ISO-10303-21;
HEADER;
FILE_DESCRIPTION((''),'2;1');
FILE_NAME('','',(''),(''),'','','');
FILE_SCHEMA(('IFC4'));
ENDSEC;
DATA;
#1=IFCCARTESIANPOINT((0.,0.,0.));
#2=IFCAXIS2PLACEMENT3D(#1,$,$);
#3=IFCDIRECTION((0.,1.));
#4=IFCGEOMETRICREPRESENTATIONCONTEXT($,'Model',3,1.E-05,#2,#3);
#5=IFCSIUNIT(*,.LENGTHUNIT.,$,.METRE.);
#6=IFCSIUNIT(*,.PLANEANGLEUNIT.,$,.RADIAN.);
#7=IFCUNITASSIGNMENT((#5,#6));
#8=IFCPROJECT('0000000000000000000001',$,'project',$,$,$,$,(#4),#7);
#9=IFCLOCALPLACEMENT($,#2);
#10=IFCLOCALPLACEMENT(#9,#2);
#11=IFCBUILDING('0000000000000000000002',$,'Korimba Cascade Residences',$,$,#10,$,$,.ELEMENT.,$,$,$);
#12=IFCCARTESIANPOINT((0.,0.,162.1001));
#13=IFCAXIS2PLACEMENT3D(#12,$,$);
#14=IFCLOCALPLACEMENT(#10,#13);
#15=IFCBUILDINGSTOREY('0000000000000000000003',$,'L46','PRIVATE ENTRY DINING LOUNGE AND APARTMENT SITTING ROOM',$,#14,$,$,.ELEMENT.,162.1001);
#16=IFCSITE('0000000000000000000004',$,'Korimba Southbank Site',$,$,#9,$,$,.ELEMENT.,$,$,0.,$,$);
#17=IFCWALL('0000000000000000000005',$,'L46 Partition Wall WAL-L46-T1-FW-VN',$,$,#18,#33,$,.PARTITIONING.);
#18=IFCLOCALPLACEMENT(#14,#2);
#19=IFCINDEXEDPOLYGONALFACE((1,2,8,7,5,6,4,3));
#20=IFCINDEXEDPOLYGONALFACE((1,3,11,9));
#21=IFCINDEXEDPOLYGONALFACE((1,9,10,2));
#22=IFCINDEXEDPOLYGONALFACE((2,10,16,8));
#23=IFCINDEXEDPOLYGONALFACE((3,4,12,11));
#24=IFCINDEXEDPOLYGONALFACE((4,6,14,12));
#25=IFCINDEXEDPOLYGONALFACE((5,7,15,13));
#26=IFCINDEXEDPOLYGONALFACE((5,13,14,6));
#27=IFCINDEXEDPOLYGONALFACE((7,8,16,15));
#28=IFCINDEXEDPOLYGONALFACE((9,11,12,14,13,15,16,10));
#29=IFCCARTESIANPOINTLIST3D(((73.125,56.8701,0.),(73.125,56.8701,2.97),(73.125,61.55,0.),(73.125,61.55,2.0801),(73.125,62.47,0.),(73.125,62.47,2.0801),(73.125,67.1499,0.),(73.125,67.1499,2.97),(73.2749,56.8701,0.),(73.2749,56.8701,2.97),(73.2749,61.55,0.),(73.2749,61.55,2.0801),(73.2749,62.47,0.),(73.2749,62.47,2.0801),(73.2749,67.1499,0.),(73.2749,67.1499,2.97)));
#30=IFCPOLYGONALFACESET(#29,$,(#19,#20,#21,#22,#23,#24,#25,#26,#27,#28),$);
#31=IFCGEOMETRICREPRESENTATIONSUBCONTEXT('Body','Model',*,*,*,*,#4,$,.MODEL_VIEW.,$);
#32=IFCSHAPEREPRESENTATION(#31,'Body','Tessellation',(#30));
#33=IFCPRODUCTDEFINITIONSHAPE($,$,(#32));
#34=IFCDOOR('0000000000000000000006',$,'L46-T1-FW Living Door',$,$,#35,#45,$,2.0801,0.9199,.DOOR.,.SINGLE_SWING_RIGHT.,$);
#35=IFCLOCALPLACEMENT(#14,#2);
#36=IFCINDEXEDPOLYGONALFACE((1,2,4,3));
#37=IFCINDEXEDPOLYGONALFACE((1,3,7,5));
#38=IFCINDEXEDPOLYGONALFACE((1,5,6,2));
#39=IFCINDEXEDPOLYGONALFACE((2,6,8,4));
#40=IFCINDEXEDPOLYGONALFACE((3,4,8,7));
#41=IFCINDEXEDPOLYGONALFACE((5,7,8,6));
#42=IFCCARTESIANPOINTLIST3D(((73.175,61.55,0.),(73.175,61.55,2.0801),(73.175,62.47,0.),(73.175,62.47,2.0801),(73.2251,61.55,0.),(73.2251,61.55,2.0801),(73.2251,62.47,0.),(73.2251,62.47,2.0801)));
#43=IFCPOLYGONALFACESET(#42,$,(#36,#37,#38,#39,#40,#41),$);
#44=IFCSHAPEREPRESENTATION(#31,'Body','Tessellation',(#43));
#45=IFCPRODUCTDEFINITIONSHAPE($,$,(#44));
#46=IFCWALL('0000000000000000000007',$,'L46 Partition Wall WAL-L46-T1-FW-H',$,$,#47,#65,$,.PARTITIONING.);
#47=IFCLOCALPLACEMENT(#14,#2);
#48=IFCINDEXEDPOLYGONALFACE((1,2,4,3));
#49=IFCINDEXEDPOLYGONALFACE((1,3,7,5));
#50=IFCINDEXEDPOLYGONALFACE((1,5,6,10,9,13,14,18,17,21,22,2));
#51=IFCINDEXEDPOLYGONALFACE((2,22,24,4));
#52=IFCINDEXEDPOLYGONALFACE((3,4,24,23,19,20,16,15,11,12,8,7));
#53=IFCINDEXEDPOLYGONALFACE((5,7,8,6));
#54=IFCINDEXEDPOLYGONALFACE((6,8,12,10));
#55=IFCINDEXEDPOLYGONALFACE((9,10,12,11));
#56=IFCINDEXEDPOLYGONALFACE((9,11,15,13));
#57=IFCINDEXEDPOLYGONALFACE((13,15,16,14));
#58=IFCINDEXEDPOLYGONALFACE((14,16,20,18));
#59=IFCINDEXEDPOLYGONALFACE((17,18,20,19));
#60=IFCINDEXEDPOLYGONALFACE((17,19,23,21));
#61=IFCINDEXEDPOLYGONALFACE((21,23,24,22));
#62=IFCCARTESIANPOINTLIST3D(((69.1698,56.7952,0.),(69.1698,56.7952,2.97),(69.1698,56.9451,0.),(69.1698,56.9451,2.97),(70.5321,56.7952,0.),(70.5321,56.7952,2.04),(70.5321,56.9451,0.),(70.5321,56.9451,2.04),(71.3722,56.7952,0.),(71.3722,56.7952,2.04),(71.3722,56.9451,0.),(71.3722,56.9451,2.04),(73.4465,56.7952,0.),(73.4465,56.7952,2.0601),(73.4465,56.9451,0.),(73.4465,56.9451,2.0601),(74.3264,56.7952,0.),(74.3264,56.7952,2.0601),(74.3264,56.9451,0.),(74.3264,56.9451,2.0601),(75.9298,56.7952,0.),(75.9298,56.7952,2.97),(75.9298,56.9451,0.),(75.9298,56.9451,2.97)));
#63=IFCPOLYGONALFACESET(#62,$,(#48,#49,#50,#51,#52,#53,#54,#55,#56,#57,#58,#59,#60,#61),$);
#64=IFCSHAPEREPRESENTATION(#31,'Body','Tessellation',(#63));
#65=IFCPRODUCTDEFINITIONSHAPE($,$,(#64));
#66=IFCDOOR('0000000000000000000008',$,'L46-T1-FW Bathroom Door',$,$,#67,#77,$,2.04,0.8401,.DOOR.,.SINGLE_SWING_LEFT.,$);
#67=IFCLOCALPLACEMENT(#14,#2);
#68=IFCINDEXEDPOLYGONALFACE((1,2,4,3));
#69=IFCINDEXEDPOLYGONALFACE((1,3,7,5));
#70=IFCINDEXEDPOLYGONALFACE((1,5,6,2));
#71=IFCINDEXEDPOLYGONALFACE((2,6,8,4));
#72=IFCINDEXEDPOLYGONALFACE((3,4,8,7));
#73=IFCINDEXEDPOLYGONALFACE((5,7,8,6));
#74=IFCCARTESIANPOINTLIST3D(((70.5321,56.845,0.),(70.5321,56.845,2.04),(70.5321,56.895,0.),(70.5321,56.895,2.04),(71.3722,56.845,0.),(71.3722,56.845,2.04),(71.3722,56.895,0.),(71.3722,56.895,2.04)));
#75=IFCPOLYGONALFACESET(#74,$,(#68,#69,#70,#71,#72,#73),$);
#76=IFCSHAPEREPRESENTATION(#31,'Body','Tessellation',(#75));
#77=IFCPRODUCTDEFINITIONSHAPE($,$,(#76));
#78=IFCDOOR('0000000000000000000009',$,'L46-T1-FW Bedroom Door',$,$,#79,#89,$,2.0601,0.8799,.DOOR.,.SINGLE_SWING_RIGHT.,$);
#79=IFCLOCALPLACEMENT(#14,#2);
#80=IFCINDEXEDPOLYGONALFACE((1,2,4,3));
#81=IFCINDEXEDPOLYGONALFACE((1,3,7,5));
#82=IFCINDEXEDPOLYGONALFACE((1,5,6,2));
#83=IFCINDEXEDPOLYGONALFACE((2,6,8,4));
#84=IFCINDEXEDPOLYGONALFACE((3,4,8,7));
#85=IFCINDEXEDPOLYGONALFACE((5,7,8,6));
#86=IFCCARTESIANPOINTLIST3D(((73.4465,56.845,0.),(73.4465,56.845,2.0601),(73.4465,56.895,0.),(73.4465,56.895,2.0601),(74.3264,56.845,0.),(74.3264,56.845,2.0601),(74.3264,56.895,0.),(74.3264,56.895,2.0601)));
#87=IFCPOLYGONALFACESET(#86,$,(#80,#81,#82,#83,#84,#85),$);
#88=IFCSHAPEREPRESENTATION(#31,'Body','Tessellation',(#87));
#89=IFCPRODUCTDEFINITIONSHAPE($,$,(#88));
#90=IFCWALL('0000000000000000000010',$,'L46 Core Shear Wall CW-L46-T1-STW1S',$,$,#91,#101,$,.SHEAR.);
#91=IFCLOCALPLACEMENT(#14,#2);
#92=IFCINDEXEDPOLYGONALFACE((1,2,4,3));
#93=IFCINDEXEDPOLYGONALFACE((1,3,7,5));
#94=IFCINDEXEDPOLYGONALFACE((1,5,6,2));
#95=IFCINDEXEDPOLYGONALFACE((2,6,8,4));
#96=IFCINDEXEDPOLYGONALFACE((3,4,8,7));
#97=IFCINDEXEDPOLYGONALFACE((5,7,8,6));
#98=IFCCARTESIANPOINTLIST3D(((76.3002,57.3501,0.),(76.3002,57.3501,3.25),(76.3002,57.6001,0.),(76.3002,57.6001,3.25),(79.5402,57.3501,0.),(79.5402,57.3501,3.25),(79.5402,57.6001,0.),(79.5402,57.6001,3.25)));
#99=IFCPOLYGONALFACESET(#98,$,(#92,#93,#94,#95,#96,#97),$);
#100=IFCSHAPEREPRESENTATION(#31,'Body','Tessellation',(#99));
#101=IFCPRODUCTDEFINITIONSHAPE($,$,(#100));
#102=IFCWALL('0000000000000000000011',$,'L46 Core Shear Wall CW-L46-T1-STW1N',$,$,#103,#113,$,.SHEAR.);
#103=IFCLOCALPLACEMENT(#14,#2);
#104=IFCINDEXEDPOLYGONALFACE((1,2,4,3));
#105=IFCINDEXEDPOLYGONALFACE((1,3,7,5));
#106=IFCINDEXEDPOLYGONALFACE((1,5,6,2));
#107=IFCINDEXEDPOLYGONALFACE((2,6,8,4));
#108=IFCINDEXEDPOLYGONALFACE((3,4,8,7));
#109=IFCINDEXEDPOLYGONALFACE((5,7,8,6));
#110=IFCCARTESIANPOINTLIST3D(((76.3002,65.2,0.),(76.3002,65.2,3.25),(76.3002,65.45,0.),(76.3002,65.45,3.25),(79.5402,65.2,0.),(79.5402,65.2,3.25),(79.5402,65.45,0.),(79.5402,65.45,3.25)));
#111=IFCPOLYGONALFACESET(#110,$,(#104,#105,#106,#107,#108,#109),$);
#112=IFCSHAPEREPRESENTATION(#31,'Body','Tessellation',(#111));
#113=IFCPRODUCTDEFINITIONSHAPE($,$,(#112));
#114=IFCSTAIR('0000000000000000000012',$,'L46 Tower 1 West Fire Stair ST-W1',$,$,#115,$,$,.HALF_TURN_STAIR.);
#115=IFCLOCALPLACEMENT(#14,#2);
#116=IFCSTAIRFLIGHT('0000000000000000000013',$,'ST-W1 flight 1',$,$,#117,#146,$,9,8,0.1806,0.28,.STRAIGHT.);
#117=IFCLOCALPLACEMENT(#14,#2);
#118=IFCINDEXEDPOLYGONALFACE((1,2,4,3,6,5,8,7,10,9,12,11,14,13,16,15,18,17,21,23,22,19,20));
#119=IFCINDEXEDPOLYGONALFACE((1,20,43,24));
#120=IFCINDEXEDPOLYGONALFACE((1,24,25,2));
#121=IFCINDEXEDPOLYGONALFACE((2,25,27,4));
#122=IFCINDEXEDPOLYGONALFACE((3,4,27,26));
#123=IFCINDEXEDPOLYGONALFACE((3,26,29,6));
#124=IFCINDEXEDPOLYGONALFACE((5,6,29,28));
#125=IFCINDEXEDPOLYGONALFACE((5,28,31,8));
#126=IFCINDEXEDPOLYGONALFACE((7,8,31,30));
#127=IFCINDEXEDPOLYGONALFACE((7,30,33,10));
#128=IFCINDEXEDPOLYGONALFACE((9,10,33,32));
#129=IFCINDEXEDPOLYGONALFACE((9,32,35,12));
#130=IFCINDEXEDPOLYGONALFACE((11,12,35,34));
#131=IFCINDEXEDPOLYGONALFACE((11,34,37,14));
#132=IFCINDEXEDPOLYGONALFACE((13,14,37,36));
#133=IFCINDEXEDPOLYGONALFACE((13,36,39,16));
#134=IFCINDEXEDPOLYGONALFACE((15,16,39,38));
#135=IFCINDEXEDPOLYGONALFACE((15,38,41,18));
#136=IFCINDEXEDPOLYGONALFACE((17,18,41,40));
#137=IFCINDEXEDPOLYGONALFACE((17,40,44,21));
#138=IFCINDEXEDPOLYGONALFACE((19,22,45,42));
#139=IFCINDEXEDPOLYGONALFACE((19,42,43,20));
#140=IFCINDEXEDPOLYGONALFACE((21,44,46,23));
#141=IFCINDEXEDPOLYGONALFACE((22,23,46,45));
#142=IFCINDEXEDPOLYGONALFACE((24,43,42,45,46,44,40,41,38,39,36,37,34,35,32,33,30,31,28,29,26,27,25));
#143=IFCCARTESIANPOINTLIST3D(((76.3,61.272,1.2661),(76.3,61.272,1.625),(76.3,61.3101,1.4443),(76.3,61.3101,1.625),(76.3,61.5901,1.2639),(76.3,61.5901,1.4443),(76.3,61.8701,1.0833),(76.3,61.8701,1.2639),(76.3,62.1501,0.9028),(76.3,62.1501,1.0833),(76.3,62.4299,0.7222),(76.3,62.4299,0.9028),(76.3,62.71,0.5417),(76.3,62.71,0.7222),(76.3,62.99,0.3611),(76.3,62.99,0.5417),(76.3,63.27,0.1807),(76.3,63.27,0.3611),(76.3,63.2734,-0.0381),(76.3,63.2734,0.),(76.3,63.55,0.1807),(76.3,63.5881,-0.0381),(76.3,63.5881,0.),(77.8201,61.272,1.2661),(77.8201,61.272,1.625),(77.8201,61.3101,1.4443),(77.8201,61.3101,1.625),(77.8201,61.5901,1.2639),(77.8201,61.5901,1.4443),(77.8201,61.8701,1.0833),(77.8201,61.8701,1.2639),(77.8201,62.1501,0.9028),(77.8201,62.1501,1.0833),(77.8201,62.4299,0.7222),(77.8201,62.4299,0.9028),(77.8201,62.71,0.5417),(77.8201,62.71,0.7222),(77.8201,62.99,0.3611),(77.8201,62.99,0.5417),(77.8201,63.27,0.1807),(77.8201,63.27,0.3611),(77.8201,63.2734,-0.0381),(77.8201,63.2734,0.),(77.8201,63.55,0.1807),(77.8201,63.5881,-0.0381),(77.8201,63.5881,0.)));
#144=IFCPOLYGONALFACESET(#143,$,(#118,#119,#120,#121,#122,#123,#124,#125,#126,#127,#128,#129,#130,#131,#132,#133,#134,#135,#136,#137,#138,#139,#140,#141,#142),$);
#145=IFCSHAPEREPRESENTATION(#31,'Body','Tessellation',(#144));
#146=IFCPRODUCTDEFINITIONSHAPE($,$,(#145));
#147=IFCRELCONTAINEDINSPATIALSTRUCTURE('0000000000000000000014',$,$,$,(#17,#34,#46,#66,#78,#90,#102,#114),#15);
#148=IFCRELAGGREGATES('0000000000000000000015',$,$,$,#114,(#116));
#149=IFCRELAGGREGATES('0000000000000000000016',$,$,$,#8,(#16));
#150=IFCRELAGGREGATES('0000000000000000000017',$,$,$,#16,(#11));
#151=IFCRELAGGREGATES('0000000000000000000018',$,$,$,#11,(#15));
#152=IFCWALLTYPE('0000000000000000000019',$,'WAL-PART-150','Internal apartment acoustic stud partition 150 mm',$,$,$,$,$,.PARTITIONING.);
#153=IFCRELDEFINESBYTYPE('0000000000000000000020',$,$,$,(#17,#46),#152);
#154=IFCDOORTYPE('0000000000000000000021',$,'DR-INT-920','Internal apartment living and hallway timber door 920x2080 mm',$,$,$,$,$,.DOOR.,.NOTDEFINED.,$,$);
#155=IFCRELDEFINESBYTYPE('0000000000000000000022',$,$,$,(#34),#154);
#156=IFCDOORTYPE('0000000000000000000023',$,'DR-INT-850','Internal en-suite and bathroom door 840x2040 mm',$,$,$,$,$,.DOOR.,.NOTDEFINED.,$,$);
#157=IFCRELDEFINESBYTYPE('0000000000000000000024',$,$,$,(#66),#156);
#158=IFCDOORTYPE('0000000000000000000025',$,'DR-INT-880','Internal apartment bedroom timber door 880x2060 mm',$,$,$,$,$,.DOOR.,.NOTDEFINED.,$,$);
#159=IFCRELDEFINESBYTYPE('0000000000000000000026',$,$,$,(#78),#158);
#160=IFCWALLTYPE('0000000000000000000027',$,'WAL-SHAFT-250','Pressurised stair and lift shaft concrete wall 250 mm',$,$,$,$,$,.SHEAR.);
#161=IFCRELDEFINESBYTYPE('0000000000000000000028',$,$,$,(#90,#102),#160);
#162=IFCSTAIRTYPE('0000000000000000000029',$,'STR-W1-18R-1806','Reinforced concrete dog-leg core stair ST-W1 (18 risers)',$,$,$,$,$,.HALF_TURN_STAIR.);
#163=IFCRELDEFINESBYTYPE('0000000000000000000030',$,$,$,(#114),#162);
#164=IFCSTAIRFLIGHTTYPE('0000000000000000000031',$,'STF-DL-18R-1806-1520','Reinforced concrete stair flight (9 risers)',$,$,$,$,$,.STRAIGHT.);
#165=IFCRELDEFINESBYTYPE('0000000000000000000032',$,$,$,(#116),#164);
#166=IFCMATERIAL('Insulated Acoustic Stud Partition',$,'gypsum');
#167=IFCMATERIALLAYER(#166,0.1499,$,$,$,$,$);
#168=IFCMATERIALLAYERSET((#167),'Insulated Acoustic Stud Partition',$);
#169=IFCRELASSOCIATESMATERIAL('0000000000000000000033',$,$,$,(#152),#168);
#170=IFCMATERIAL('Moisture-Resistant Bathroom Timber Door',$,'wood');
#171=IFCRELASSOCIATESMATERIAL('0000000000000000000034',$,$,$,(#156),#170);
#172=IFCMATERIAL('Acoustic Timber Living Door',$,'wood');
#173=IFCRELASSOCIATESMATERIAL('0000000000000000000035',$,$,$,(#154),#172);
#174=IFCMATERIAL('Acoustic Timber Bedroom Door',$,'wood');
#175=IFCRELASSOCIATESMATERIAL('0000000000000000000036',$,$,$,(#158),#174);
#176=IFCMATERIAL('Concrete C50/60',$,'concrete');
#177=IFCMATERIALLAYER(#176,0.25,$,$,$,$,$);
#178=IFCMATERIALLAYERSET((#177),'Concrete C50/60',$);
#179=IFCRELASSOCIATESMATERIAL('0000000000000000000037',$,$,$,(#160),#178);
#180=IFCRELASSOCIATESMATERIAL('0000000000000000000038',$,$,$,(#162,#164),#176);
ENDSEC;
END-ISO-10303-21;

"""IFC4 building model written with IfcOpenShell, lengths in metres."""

from ifc_helpers import new_model, si_unit, direction, frame, frame_2d, origin, place, context, subcontext, project, spatial, polyline, rectangle, outline, extrude, material, layer, layer_set, type_object, element, fill, aggregate, save


model = new_model("IFC4")

# Units and contexts
model_context = context("Model", 3, precision=1e-05, world=origin(), true_north=direction((0.0, 1.0)))
body_context = subcontext(model_context, "Body", "Model", "MODEL_VIEW")
ifc_project = project(units=[si_unit("LENGTHUNIT", "METRE"), si_unit("PLANEANGLEUNIT", "RADIAN")], contexts=[model_context])

# Site, building, storey
site_placement = place(None, origin())
site = spatial("IfcSite", under=ifc_project, at=site_placement, Name="Korimba Southbank Site", CompositionType="ELEMENT", RefElevation=0.0)
building_placement = place(site_placement, origin())
building = spatial("IfcBuilding", under=site, at=building_placement, Name="Korimba Cascade Residences", CompositionType="ELEMENT")
storey_placement = place(building_placement, frame((0.0, 0.0, 162.1001)))
storey = spatial("IfcBuildingStorey", under=building, at=storey_placement, Name="L46", Description="PRIVATE ENTRY DINING LOUNGE AND APARTMENT SITTING ROOM", CompositionType="ELEMENT", Elevation=162.1001)

# Wall, opening, door
ifc_material_1 = material(Name="Insulated Acoustic Stud Partition", Category="gypsum")
ifc_layer_1 = layer(ifc_material_1, 0.1499)
ifc_layer_set_1 = layer_set([ifc_layer_1], Name="Insulated Acoustic Stud Partition")
wall_type_1 = type_object("IfcWallType", Name="WAL-PART-150", Description="Internal apartment acoustic stud partition 150 mm", PredefinedType="PARTITIONING", material=ifc_layer_set_1)
ifc_material_2 = material(Name="Moisture-Resistant Bathroom Timber Door", Category="wood")
door_type_1 = type_object("IfcDoorType", Name="DR-INT-850", Description="Internal en-suite and bathroom door 840x2040 mm", OperationType="NOTDEFINED", PredefinedType="DOOR", material=ifc_material_2)
wall_1_placement = place(storey_placement, frame((73.2, 56.8701, 0.0), z_axis=(0.0, 0.0, 1.0), x_axis=(0.0, 1.0, 0.0)))
wall_1 = element("IfcWall", 1, at=wall_1_placement, inside=storey, type_object=wall_type_1, Name="L46 Partition Wall WAL-L46-T1-FW-VN", PredefinedType="PARTITIONING", context=body_context, shape_type="SweptSolid", body=[
    extrude(rectangle(XDim=10.2798, YDim=0.1499, at=frame_2d((5.1399, 0.0))), origin(), (0.0, 0.0, 1.0), 2.97),
])
opening_1_placement = place(wall_1_placement, frame((4.6799, 0.0, 0.0)))
opening_1 = element("IfcOpeningElement", 2, at=opening_1_placement, cuts=wall_1, PredefinedType="OPENING", context=body_context, shape_type="SweptSolid", body=[
    extrude(rectangle(XDim=0.9199, YDim=2.0801, at=frame_2d((0.46, 1.04))), frame((0.0, 0.085, 0.0), z_axis=(0.0, -1.0, 0.0), x_axis=(1.0, 0.0, 0.0)), (0.0, 0.0, 1.0), 0.1699),
])
ifc_material_3 = material(Name="Acoustic Timber Living Door", Category="wood")
door_type_2 = type_object("IfcDoorType", Name="DR-INT-920", Description="Internal apartment living and hallway timber door 920x2080 mm", OperationType="NOTDEFINED", PredefinedType="DOOR", material=ifc_material_3)
door_1_placement = place(opening_1_placement, origin())
door_1 = element("IfcDoor", 3, at=door_1_placement, inside=storey, type_object=door_type_2, Name="L46-T1-FW Living Door", OperationType="SINGLE_SWING_RIGHT", OverallHeight=2.0801, OverallWidth=0.9199, PredefinedType="DOOR", context=body_context, shape_type="SweptSolid", body=[
    extrude(rectangle(XDim=0.9199, YDim=2.0801, at=frame_2d((0.46, 1.04))), frame((0.0, 0.0249, 0.0), z_axis=(0.0, -1.0, 0.0), x_axis=(1.0, 0.0, 0.0)), (0.0, 0.0, 1.0), 0.05),
])
fill(opening_1, door_1)

# Wall, openings, doors
wall_2_placement = place(storey_placement, frame((69.1699, 56.8701, 0.0), z_axis=(0.0, 0.0, 1.0), x_axis=(1.0, 0.0, 0.0)))
wall_2 = element("IfcWall", 4, at=wall_2_placement, inside=storey, type_object=wall_type_1, Name="L46 Partition Wall WAL-L46-T1-FW-H", PredefinedType="PARTITIONING", context=body_context, shape_type="SweptSolid", body=[
    extrude(rectangle(XDim=6.76, YDim=0.1499, at=frame_2d((3.3799, 0.0))), origin(), (0.0, 0.0, 1.0), 2.97),
])
opening_2_placement = place(wall_2_placement, frame((1.3623, 0.0, 0.0)))
opening_2 = element("IfcOpeningElement", 5, at=opening_2_placement, cuts=wall_2, PredefinedType="OPENING", context=body_context, shape_type="SweptSolid", body=[
    extrude(rectangle(XDim=0.8401, YDim=2.04, at=frame_2d((0.4199, 1.02))), frame((0.0, 0.085, 0.0), z_axis=(0.0, -1.0, 0.0), x_axis=(1.0, 0.0, 0.0)), (0.0, 0.0, 1.0), 0.1699),
])
opening_3_placement = place(wall_2_placement, frame((4.2766, 0.0, 0.0)))
opening_3 = element("IfcOpeningElement", 6, at=opening_3_placement, cuts=wall_2, PredefinedType="OPENING", context=body_context, shape_type="SweptSolid", body=[
    extrude(rectangle(XDim=0.8799, YDim=2.0601, at=frame_2d((0.4399, 1.03))), frame((0.0, 0.085, 0.0), z_axis=(0.0, -1.0, 0.0), x_axis=(1.0, 0.0, 0.0)), (0.0, 0.0, 1.0), 0.1699),
])
door_2_placement = place(opening_2_placement, origin())
door_2 = element("IfcDoor", 7, at=door_2_placement, inside=storey, type_object=door_type_1, Name="L46-T1-FW Bathroom Door", OperationType="SINGLE_SWING_LEFT", OverallHeight=2.04, OverallWidth=0.8401, PredefinedType="DOOR", context=body_context, shape_type="SweptSolid", body=[
    extrude(rectangle(XDim=0.8401, YDim=2.04, at=frame_2d((0.4199, 1.02))), frame((0.0, 0.0249, 0.0), z_axis=(0.0, -1.0, 0.0), x_axis=(1.0, 0.0, 0.0)), (0.0, 0.0, 1.0), 0.05),
])
fill(opening_2, door_2)
ifc_material_4 = material(Name="Acoustic Timber Bedroom Door", Category="wood")
door_type_3 = type_object("IfcDoorType", Name="DR-INT-880", Description="Internal apartment bedroom timber door 880x2060 mm", OperationType="NOTDEFINED", PredefinedType="DOOR", material=ifc_material_4)
door_3_placement = place(opening_3_placement, origin())
door_3 = element("IfcDoor", 8, at=door_3_placement, inside=storey, type_object=door_type_3, Name="L46-T1-FW Bedroom Door", OperationType="SINGLE_SWING_RIGHT", OverallHeight=2.0601, OverallWidth=0.8799, PredefinedType="DOOR", context=body_context, shape_type="SweptSolid", body=[
    extrude(rectangle(XDim=0.8799, YDim=2.0601, at=frame_2d((0.4399, 1.03))), frame((0.0, 0.0249, 0.0), z_axis=(0.0, -1.0, 0.0), x_axis=(1.0, 0.0, 0.0)), (0.0, 0.0, 1.0), 0.05),
])
fill(opening_3, door_3)

# Walls
ifc_material_5 = material(Name="Concrete C50/60", Category="concrete")
ifc_layer_2 = layer(ifc_material_5, 0.25)
ifc_layer_set_2 = layer_set([ifc_layer_2], Name="Concrete C50/60")
wall_type_2 = type_object("IfcWallType", Name="WAL-SHAFT-250", Description="Pressurised stair and lift shaft concrete wall 250 mm", PredefinedType="SHEAR", material=ifc_layer_set_2)
for number, where, z_axis, x_axis, name in (
    (9, (76.3, 57.4751, 0.0), (0.0, 0.0, 1.0), (1.0, 0.0, 0.0), "L46 Core Shear Wall CW-L46-T1-STW1S"),
    (10, (76.3, 65.325, 0.0), (0.0, 0.0, 1.0), (1.0, 0.0, 0.0), "L46 Core Shear Wall CW-L46-T1-STW1N"),
):
    element("IfcWall", number, at=place(storey_placement, frame(where, z_axis=z_axis, x_axis=x_axis)), inside=storey, type_object=wall_type_2, Name=name, PredefinedType="SHEAR", context=body_context, shape_type="SweptSolid", body=[
        extrude(rectangle(XDim=3.24, YDim=0.25, at=frame_2d((1.6201, 0.0))), origin(), (0.0, 0.0, 1.0), 3.25),
    ])

# Stair, stair flight
stair_type = type_object("IfcStairType", Name="STR-W1-18R-1806", Description="Reinforced concrete dog-leg core stair ST-W1 (18 risers)", PredefinedType="HALF_TURN_STAIR", material=ifc_material_5)
stair_placement = place(storey_placement, origin())
stair = element("IfcStair", 11, at=stair_placement, inside=storey, type_object=stair_type, Name="L46 Tower 1 West Fire Stair ST-W1", PredefinedType="HALF_TURN_STAIR")
stair_flight_type = type_object("IfcStairFlightType", Name="STF-DL-18R-1806-1520", Description="Reinforced concrete stair flight (9 risers)", PredefinedType="STRAIGHT", material=ifc_material_5)
stair_flight_placement = place(storey_placement, frame((77.0601, 63.55, 0.0), z_axis=(0.0, 0.0, 1.0), x_axis=(0.0, -1.0, 0.0)))
stair_flight = element("IfcStairFlight", 12, at=stair_flight_placement, type_object=stair_flight_type, Name="ST-W1 flight 1", NumberOfRisers=9, NumberOfTreads=8, PredefinedType="STRAIGHT", RiserHeight=0.1806, TreadLength=0.28, context=body_context, shape_type="SweptSolid", body=[
    extrude(outline(polyline([(-0.0381, 0.0), (0.0, 0.1807), (0.28, 0.1807), (0.28, 0.3611), (0.5601, 0.3611), (0.5601, 0.5417), (0.8401, 0.5417), (0.8401, 0.7222), (1.1201, 0.7222), (1.1201, 0.9028), (1.3999, 0.9028), (1.3999, 1.0833), (1.6799, 1.0833), (1.6799, 1.2639), (1.96, 1.2639), (1.96, 1.4443), (2.24, 1.4443), (2.24, 1.625), (2.2781, 1.625), (2.2781, 1.2661), (0.2766, 0.0), (0.2766, -0.0381), (-0.0381, -0.0381), (-0.0381, 0.0)])), frame((0.0, 0.76, 0.0), z_axis=(0.0, -1.0, 0.0), x_axis=(1.0, 0.0, 0.0)), (0.0, 0.0, 1.0), 1.52),
])
aggregate(stair, [stair_flight])

save(model, "model.ifc")
